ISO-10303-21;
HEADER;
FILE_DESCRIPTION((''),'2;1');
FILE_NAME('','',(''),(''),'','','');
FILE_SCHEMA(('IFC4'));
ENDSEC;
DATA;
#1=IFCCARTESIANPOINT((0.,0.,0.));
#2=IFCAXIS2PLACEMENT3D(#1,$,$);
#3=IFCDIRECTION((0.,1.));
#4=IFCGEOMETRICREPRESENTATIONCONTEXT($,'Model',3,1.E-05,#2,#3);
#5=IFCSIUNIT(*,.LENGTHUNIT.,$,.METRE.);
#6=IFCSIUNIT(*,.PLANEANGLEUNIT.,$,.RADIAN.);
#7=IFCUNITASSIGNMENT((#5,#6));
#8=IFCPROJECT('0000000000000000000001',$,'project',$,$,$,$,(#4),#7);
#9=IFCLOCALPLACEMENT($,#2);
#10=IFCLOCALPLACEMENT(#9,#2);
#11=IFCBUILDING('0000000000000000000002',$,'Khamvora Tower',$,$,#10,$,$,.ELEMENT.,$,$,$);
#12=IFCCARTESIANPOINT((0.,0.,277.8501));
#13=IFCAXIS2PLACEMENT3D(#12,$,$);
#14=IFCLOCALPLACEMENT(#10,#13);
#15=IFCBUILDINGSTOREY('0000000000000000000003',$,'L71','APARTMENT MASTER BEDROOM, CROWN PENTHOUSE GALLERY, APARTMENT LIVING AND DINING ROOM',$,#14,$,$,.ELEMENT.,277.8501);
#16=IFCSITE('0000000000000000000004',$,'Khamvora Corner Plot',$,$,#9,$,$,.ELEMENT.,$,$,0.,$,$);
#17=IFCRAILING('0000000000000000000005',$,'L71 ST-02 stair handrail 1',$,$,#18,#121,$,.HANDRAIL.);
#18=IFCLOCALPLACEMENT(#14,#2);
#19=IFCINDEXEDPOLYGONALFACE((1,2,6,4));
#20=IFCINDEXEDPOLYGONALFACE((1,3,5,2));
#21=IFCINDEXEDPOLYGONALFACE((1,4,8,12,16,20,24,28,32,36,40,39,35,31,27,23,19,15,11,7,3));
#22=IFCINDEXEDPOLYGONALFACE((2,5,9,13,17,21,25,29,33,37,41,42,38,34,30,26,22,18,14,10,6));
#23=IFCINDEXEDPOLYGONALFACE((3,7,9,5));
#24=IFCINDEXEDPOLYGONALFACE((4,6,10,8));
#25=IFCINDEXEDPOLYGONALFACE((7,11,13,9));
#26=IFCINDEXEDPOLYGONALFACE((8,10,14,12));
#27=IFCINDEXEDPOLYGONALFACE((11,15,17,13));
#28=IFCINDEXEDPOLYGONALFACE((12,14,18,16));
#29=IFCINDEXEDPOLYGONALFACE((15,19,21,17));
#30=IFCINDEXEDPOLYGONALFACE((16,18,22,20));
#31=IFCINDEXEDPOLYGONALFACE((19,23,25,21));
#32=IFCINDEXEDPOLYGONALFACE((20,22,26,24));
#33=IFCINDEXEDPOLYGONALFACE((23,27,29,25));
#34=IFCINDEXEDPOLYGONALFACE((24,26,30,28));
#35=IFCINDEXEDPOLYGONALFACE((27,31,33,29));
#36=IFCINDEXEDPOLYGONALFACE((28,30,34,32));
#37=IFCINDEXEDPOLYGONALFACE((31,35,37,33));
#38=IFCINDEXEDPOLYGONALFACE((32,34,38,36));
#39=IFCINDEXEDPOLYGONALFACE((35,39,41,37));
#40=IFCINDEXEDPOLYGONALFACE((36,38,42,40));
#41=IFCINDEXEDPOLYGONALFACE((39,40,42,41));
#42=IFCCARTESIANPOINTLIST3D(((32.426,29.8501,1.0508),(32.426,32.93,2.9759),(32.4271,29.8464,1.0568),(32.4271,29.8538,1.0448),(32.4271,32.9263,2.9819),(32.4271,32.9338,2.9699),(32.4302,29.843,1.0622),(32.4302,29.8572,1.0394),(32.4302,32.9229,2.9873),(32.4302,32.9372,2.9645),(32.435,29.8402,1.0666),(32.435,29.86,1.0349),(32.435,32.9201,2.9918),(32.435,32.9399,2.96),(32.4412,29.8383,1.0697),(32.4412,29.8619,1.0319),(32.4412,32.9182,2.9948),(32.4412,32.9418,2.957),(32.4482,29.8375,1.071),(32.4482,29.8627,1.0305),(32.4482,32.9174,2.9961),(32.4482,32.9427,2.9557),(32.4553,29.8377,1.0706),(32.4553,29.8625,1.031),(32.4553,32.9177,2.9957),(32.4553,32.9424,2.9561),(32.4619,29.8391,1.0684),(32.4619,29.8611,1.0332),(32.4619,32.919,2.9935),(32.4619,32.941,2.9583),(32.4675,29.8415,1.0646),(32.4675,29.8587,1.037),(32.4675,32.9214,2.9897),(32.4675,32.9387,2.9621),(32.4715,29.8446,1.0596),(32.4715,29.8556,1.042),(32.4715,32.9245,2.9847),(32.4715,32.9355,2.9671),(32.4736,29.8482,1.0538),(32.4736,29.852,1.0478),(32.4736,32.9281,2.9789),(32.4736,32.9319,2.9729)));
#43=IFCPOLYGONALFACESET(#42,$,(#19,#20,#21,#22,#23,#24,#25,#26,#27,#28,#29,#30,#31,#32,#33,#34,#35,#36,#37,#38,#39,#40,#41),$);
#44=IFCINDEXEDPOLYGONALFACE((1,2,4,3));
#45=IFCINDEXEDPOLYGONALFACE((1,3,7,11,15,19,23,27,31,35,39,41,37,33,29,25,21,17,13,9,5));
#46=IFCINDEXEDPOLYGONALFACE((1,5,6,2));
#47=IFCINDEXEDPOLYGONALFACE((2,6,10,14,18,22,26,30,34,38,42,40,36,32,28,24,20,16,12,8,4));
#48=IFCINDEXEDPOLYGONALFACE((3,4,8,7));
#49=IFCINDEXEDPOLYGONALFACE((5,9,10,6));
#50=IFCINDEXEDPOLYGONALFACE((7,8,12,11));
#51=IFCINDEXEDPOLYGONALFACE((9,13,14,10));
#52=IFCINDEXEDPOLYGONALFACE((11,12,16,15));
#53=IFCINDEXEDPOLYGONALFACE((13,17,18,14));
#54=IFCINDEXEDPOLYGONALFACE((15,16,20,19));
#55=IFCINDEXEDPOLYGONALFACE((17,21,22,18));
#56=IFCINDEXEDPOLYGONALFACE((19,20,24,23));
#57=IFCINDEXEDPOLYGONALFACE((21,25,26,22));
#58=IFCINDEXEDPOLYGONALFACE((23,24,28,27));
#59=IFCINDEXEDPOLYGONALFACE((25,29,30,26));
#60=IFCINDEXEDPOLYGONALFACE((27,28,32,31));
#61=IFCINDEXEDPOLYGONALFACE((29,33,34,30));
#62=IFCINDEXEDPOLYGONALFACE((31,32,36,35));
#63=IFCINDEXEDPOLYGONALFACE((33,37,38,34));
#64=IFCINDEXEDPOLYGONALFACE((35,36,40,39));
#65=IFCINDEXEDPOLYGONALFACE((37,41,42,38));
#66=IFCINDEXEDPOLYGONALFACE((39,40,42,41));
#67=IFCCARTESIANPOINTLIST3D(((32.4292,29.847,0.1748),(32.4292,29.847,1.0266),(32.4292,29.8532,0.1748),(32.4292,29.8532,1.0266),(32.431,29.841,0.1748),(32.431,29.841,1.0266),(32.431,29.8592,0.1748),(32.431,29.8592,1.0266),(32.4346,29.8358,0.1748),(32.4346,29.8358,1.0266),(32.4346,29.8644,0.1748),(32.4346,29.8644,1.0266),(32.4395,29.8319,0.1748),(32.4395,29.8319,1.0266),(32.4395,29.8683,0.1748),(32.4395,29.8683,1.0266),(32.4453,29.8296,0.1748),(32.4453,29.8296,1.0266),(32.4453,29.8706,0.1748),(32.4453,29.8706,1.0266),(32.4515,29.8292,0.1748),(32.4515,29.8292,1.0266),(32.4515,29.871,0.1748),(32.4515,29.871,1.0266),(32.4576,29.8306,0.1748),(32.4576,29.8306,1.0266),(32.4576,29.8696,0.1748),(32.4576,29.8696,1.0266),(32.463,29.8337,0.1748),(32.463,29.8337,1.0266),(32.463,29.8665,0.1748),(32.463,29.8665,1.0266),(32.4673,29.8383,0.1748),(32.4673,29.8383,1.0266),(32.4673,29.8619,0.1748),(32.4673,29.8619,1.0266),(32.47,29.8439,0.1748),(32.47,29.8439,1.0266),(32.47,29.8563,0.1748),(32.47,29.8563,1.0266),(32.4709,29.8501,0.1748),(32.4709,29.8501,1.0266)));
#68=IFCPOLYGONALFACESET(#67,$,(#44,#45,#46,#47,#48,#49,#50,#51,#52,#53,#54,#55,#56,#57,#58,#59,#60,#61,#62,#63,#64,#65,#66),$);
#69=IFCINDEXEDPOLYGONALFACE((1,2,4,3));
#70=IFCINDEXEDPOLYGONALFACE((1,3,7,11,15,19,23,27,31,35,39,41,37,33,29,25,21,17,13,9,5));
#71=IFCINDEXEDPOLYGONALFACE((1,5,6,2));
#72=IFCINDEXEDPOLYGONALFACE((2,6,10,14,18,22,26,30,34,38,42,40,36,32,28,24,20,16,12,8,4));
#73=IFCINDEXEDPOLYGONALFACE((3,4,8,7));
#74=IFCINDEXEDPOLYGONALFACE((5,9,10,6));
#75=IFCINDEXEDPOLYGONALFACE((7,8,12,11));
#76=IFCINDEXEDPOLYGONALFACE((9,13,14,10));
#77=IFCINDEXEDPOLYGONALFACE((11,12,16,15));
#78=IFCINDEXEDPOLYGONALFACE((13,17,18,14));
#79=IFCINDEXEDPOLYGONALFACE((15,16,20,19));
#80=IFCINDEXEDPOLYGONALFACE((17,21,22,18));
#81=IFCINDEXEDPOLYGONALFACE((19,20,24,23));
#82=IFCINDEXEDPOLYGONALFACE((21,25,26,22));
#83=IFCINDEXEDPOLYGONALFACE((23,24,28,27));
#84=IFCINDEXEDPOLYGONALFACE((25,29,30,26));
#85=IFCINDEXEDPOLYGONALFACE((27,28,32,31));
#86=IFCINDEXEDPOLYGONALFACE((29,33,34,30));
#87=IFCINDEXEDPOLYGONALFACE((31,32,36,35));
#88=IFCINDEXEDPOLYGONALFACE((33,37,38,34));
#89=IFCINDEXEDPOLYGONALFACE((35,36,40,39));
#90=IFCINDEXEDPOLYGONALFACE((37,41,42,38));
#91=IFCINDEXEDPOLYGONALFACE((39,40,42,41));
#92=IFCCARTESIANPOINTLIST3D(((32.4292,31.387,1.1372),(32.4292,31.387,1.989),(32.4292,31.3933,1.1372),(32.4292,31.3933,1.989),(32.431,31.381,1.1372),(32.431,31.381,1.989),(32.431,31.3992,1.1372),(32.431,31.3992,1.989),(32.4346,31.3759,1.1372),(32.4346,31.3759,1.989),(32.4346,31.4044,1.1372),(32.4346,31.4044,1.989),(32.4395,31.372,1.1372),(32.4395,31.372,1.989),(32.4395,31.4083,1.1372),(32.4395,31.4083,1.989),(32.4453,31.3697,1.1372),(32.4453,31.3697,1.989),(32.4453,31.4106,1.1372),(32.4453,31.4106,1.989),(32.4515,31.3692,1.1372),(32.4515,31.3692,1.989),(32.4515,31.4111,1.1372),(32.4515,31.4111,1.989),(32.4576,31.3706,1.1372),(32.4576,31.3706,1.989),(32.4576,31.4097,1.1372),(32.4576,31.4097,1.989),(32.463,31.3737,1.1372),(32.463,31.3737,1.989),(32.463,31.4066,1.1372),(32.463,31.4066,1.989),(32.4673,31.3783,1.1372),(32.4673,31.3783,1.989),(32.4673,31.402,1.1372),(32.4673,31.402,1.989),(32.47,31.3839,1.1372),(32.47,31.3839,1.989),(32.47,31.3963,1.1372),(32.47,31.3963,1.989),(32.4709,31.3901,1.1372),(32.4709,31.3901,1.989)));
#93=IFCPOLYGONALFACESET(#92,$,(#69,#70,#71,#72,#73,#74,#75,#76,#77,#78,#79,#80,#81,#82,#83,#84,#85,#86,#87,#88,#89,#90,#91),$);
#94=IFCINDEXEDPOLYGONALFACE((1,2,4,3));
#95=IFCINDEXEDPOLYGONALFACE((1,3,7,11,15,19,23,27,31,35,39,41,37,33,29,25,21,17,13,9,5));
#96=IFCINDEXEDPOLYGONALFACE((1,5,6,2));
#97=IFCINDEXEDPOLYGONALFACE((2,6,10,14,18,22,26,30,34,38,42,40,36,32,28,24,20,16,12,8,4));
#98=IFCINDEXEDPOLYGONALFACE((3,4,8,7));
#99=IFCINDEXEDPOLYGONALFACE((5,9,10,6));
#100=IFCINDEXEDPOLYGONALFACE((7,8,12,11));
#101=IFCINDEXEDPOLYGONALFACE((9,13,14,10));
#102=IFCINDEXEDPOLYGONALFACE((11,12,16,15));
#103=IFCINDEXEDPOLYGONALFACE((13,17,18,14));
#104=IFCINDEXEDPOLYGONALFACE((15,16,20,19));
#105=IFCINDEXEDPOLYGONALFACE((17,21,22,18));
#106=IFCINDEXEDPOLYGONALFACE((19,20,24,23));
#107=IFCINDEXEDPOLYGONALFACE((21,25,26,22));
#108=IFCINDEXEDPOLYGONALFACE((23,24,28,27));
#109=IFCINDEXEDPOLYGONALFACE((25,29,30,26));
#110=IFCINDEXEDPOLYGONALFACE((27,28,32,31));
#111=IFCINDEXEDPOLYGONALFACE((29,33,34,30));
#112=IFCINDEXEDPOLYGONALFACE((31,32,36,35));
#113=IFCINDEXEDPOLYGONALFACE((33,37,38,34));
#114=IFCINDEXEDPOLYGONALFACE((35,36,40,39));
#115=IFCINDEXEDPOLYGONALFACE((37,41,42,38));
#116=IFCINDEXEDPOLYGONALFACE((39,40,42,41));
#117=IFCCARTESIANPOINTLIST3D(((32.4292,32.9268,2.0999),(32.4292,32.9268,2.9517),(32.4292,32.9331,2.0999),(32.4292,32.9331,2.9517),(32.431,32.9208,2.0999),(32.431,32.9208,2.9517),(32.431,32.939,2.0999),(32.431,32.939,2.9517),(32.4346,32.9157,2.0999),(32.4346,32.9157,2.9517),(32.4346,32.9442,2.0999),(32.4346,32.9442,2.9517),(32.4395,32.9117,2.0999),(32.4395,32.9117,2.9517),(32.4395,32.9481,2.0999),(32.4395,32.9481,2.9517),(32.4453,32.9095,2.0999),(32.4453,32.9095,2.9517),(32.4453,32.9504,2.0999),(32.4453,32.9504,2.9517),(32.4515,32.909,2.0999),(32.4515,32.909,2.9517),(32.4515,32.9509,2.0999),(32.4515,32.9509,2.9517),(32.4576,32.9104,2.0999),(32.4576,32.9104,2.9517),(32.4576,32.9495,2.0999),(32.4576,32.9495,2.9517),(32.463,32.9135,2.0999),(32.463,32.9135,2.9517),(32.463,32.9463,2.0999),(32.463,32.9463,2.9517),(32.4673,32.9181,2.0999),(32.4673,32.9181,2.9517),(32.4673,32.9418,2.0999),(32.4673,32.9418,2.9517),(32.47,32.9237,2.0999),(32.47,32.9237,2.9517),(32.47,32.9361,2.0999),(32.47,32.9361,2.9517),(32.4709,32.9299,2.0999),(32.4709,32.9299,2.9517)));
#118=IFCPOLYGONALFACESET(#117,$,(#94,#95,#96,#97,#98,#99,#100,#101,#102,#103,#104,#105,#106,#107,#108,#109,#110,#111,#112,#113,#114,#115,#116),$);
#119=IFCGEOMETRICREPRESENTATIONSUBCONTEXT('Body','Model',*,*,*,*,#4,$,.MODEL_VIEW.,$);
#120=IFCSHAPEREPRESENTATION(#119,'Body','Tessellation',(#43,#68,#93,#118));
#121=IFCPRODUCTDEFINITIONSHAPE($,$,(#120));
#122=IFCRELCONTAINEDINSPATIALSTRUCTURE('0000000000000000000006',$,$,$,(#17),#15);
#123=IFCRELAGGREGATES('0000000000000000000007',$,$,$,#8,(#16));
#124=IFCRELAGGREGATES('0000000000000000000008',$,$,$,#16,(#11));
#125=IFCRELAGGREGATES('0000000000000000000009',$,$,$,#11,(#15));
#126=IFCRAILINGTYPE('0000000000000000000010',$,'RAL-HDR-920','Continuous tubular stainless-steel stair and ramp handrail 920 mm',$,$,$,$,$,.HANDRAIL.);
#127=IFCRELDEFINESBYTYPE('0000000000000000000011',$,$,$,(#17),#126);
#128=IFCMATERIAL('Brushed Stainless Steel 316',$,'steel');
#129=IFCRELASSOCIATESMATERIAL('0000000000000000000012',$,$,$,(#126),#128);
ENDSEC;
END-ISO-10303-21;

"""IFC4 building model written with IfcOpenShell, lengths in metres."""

from ifc_helpers import new_model, si_unit, direction, frame, origin, origin_2d, place, context, subcontext, project, spatial, circle, extrude, material, type_object, element, save


model = new_model("IFC4")

# Units and contexts
model_context = context("Model", 3, precision=1e-05, world=origin(), true_north=direction((0.0, 1.0)))
body_context = subcontext(model_context, "Body", "Model", "MODEL_VIEW")
ifc_project = project(units=[si_unit("LENGTHUNIT", "METRE"), si_unit("PLANEANGLEUNIT", "RADIAN")], contexts=[model_context])

# Site, building, storey
site_placement = place(None, origin())
site = spatial("IfcSite", under=ifc_project, at=site_placement, Name="Khamvora Corner Plot", CompositionType="ELEMENT", RefElevation=0.0)
building_placement = place(site_placement, origin())
building = spatial("IfcBuilding", under=site, at=building_placement, Name="Khamvora Tower", CompositionType="ELEMENT")
storey_placement = place(building_placement, frame((0.0, 0.0, 277.8501)))
storey = spatial("IfcBuildingStorey", under=building, at=storey_placement, Name="L71", Description="APARTMENT MASTER BEDROOM, CROWN PENTHOUSE GALLERY, APARTMENT LIVING AND DINING ROOM", CompositionType="ELEMENT", Elevation=277.8501)

# Railing
ifc_material_1 = material(Name="Brushed Stainless Steel 316", Category="steel")
railing_type_1 = type_object("IfcRailingType", Name="RAL-HDR-920", Description="Continuous tubular stainless-steel stair and ramp handrail 920 mm", PredefinedType="HANDRAIL", material=ifc_material_1)
railing_1_placement = place(storey_placement, frame((32.45, 29.8501, 0.1748)))
element("IfcRailing", 1, at=railing_1_placement, inside=storey, type_object=railing_type_1, Name="L71 ST-02 stair handrail 1", PredefinedType="HANDRAIL", context=body_context, shape_type="SweptSolid", body=[
    extrude(circle(Radius=0.0239, at=origin_2d()), frame((0.0, 0.0, 0.876), z_axis=(0.0, 0.847979, 0.530029), x_axis=(-1.0, 0.0, 0.0)), (0.0, 0.0, 1.0), 3.6321),
    extrude(circle(Radius=0.021, at=origin_2d()), origin(), (0.0, 0.0, 1.0), 0.8518),
    extrude(circle(Radius=0.021, at=origin_2d()), frame((0.0, 1.54, 0.9624)), (0.0, 0.0, 1.0), 0.8518),
    extrude(circle(Radius=0.021, at=origin_2d()), frame((0.0, 3.0798, 1.925)), (0.0, 0.0, 1.0), 0.8518),
])

save(model, "model.ifc")
